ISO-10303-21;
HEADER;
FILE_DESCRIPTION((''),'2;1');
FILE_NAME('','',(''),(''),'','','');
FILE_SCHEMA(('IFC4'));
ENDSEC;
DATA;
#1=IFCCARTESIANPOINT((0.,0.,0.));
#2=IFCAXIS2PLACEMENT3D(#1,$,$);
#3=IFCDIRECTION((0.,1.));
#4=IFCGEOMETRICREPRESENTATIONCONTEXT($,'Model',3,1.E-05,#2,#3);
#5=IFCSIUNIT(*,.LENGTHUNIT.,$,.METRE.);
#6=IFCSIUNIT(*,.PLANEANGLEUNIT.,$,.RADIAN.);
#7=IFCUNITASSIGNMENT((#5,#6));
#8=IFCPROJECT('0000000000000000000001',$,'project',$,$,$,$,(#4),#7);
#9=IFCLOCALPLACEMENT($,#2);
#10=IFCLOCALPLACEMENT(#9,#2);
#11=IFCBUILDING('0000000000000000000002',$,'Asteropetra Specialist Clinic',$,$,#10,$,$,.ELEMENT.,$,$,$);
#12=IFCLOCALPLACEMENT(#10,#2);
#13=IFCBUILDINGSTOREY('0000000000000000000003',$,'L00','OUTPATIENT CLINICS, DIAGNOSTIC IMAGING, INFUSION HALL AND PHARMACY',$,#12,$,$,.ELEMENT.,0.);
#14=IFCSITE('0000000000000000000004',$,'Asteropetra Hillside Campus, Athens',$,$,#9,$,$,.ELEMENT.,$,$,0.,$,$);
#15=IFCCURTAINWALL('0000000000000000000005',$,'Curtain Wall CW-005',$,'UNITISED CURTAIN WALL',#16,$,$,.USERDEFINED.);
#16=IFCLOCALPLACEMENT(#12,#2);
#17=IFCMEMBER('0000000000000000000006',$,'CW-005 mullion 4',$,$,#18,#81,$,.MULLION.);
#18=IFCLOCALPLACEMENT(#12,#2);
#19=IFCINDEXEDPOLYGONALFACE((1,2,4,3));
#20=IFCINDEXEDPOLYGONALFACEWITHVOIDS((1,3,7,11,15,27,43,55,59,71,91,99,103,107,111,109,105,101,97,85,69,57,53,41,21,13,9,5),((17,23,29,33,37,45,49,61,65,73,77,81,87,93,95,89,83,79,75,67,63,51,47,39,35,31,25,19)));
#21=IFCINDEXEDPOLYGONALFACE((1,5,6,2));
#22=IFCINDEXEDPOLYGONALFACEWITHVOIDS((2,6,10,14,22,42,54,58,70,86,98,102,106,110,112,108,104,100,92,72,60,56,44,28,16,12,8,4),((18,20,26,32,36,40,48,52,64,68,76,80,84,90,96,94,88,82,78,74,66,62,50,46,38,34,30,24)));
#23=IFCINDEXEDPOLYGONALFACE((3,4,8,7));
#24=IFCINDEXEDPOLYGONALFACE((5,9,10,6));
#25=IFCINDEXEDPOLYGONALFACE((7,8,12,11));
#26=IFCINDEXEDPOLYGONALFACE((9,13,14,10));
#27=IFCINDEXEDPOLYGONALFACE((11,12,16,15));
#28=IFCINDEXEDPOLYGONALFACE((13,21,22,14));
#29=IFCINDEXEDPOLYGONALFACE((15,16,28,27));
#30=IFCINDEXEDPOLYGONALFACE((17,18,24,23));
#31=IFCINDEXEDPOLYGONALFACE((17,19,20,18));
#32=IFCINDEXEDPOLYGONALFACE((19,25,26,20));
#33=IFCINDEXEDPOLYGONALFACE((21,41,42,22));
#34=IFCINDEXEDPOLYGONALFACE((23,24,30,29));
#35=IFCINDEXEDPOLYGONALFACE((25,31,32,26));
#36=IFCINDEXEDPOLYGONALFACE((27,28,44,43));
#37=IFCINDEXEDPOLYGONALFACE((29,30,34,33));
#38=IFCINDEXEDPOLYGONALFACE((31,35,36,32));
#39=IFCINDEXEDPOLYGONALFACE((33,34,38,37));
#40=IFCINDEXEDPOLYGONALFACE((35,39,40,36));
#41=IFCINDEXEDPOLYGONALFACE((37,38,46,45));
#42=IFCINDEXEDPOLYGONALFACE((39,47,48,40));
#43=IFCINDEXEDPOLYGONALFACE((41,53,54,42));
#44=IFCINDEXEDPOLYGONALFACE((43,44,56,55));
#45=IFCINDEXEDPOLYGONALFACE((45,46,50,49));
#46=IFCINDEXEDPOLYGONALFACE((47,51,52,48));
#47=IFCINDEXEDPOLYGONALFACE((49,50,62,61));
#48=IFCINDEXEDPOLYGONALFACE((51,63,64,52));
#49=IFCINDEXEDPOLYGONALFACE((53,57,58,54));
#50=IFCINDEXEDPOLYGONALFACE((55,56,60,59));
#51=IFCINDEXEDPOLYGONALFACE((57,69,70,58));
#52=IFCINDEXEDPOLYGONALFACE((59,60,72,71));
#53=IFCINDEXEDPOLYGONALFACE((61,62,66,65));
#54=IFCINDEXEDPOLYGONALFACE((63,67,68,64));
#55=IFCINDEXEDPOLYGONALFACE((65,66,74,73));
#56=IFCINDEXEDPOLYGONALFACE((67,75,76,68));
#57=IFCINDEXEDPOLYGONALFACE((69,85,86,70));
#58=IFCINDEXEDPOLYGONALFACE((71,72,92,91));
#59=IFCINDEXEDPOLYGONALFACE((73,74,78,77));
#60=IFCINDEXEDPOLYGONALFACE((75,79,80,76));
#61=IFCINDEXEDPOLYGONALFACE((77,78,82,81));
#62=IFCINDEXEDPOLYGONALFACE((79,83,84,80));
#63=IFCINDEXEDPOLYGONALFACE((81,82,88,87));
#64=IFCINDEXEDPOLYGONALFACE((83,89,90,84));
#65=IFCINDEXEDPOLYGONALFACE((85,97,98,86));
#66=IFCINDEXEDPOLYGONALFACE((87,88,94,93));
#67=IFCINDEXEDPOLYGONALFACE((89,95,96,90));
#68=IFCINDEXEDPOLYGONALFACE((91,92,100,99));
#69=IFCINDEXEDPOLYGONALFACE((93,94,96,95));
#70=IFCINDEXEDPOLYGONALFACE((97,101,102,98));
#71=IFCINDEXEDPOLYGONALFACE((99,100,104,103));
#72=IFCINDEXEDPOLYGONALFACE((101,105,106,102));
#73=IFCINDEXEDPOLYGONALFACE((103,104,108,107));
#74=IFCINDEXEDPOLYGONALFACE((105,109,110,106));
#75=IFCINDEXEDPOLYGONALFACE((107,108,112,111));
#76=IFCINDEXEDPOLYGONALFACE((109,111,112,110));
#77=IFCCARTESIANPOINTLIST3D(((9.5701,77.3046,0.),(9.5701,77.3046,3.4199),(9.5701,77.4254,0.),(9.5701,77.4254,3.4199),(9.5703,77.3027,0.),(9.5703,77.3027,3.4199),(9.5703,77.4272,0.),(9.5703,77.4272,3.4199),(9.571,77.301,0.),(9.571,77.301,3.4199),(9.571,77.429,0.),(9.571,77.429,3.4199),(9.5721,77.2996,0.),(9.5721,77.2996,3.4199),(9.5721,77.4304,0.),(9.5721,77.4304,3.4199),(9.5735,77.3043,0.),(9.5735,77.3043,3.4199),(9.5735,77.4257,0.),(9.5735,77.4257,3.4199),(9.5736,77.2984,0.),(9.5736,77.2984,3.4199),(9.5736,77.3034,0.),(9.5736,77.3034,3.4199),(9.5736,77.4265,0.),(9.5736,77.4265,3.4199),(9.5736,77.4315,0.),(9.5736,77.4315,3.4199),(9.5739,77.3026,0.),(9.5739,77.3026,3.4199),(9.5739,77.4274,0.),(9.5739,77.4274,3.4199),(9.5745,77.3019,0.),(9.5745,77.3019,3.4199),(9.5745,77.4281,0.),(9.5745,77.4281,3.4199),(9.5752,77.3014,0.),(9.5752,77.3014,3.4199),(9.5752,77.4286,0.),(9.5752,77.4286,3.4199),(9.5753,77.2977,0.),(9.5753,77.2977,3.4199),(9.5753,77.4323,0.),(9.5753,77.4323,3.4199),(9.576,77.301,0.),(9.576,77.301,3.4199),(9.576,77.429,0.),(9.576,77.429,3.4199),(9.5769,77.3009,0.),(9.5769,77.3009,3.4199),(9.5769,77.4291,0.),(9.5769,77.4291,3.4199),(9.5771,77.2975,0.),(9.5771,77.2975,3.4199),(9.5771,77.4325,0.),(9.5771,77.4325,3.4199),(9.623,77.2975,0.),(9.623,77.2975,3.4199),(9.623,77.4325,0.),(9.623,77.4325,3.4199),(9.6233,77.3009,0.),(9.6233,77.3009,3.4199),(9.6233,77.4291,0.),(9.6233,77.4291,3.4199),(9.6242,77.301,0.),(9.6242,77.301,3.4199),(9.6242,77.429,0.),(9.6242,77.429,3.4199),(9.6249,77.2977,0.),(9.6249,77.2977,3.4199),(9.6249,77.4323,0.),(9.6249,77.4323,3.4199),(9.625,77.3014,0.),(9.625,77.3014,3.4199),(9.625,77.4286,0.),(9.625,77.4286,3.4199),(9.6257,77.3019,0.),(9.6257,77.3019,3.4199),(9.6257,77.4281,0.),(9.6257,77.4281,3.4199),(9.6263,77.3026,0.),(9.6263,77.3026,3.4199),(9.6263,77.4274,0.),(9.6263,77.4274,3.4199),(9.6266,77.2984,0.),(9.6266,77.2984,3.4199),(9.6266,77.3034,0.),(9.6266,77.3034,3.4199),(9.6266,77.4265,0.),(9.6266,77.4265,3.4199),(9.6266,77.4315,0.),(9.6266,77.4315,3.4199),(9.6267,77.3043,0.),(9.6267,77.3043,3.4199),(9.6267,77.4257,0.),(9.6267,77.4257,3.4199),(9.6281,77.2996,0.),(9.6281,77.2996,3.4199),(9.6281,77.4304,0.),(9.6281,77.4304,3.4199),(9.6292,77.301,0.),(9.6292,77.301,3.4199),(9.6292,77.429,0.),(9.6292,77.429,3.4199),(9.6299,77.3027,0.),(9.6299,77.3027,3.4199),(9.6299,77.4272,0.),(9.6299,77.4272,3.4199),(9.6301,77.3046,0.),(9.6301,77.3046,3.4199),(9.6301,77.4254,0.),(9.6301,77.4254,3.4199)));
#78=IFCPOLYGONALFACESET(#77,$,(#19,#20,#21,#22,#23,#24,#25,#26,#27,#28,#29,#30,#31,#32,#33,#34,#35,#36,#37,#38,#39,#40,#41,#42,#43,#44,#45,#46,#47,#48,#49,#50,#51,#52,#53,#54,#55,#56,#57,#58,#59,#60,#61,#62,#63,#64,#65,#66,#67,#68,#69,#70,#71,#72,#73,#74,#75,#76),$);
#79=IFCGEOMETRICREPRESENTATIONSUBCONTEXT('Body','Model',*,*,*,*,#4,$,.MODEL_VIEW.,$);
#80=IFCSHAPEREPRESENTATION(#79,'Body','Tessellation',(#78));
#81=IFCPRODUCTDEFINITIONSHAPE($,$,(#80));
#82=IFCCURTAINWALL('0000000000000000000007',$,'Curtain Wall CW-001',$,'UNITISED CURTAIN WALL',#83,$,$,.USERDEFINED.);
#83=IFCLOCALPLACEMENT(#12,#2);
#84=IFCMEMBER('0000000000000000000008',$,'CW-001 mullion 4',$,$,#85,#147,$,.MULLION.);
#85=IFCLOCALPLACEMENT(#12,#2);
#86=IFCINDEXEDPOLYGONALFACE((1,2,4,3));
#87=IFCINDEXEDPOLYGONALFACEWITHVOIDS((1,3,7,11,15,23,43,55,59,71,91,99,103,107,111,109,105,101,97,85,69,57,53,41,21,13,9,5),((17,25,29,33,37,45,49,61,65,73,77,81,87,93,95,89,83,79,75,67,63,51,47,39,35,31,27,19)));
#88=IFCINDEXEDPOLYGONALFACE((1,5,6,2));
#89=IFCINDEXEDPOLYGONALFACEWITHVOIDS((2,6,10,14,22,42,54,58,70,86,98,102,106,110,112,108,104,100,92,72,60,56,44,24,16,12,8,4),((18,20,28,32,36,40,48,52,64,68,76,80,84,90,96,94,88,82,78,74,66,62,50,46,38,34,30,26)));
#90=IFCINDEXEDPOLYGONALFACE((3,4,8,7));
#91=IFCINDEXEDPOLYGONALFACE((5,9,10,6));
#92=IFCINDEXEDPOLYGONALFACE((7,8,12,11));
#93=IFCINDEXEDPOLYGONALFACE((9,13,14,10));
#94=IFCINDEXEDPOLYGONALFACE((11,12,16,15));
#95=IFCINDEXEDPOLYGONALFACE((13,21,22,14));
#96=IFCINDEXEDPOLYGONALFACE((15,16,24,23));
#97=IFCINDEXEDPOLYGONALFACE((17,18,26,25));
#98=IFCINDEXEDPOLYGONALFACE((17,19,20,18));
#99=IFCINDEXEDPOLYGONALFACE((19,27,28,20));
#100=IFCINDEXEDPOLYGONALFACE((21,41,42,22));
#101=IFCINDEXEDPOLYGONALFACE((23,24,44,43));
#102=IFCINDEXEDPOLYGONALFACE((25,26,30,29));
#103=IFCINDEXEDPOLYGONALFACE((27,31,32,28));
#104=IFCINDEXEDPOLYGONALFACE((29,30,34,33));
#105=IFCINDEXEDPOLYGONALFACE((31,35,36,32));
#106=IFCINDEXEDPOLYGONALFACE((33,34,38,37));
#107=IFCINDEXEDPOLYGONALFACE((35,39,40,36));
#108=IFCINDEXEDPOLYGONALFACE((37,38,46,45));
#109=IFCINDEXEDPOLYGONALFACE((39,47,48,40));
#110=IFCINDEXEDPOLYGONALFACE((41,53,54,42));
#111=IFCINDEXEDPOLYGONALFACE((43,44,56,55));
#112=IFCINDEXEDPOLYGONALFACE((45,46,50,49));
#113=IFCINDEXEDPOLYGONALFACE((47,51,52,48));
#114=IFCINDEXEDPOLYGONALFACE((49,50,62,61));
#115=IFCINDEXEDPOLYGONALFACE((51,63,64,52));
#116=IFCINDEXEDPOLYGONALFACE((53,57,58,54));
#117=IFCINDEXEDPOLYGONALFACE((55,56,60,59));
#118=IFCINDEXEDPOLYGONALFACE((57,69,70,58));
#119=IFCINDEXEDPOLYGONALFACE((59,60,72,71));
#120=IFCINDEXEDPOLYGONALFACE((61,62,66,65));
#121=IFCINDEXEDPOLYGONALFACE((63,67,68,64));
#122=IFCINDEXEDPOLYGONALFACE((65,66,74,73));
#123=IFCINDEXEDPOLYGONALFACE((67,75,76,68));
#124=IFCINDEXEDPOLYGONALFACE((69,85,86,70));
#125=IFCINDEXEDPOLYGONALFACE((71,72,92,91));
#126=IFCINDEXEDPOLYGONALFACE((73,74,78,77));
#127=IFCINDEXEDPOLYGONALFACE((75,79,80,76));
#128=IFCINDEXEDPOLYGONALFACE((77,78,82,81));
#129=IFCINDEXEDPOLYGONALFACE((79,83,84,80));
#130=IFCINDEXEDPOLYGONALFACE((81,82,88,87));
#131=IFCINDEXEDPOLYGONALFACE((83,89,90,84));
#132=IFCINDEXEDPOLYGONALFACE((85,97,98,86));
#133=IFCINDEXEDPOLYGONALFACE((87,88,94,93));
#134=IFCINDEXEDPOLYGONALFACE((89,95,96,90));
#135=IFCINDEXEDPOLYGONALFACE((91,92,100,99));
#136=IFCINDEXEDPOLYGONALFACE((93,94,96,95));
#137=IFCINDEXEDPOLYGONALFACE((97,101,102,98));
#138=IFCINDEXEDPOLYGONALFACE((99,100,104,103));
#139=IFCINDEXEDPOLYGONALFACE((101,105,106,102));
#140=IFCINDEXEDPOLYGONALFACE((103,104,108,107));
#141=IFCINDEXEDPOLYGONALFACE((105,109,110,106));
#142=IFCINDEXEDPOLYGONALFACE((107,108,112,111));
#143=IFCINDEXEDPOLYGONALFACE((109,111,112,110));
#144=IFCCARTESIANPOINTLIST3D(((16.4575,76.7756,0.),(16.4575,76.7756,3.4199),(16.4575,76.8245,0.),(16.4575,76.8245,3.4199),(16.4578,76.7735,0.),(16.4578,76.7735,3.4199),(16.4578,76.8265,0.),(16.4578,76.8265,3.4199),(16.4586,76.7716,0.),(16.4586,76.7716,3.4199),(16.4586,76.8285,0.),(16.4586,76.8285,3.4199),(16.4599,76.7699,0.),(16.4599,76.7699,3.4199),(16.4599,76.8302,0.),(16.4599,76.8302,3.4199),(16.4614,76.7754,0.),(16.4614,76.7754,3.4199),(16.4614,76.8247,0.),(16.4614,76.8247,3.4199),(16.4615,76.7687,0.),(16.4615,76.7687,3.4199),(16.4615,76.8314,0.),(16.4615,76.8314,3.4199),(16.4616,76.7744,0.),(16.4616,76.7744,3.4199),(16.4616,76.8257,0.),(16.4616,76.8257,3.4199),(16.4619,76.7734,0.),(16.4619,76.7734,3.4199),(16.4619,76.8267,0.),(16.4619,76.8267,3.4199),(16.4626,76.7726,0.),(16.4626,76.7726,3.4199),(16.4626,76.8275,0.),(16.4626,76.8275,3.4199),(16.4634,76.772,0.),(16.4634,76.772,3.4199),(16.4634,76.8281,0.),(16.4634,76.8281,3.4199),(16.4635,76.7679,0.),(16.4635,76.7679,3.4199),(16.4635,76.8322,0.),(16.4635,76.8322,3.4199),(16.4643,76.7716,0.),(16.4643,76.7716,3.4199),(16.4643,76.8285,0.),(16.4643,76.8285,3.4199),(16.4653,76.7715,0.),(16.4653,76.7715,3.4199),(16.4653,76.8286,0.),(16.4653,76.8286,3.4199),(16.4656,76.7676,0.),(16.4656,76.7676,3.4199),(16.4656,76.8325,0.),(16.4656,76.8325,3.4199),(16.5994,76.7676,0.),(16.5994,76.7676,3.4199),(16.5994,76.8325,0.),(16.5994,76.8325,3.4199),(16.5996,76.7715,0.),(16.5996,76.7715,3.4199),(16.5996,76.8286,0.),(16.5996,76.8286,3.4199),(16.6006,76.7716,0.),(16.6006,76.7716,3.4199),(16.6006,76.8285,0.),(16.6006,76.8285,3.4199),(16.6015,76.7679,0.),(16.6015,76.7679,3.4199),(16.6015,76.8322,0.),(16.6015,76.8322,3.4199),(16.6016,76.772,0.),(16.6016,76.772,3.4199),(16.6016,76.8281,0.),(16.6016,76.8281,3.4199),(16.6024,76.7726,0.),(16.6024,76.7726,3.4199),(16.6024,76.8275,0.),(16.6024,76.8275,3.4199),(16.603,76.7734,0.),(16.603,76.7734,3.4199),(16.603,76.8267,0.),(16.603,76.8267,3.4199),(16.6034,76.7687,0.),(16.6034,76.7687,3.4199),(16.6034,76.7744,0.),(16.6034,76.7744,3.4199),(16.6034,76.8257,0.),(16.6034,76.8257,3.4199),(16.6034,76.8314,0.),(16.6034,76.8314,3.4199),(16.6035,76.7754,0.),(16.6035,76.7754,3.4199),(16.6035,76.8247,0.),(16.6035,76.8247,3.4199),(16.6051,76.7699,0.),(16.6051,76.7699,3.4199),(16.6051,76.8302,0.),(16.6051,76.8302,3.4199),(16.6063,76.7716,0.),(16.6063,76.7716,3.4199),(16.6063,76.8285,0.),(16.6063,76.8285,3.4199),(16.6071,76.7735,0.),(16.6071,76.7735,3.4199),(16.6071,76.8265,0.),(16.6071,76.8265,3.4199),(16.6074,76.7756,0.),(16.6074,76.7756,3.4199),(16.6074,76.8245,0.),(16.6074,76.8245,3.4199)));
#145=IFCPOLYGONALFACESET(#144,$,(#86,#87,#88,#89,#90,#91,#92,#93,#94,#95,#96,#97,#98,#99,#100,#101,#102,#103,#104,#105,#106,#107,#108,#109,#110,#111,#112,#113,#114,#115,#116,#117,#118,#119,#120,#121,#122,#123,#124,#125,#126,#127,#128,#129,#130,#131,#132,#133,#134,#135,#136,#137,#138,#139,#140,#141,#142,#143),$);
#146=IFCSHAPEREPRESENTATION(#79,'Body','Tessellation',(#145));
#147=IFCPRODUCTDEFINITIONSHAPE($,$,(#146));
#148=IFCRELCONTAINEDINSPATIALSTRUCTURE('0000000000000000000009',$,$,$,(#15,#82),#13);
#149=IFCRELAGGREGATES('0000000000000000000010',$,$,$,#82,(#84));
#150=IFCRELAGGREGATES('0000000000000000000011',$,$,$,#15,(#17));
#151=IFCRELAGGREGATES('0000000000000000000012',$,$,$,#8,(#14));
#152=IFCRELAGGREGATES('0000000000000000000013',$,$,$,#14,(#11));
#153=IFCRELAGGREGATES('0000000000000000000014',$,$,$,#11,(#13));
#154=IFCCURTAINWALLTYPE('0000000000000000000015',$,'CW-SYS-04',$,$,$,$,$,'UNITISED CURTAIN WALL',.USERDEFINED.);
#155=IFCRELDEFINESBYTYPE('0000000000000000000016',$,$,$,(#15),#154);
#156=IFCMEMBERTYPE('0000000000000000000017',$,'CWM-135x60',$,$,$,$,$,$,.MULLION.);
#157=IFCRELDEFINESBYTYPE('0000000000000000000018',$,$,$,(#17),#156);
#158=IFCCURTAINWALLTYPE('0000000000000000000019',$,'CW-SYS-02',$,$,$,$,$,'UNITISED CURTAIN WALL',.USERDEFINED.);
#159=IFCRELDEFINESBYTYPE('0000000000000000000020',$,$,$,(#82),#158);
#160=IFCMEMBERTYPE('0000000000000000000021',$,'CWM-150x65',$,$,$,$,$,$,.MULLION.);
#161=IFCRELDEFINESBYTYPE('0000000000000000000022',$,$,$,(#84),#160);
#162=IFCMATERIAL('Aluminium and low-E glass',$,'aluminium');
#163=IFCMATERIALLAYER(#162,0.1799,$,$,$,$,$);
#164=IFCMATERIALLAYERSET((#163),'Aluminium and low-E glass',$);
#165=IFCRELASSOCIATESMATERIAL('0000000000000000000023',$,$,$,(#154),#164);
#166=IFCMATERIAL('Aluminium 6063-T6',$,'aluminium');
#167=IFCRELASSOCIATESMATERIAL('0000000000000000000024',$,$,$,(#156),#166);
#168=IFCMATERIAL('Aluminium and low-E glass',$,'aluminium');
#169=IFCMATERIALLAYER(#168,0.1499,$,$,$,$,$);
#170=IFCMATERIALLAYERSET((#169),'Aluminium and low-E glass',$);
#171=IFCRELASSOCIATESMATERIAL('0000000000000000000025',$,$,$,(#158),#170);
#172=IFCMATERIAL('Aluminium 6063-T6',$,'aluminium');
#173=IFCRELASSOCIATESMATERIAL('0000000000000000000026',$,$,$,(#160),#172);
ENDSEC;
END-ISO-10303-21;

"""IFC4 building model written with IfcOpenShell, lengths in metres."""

from ifc_helpers import new_model, si_unit, direction, frame, origin, origin_2d, place, context, subcontext, project, spatial, hollow_rectangle, extrude, material, layer, layer_set, material_profile, profile_set, type_object, element, aggregate, save


model = new_model("IFC4")

# Units and contexts
model_context = context("Model", 3, precision=1e-05, world=origin(), true_north=direction((0.0, 1.0)))
body_context = subcontext(model_context, "Body", "Model", "MODEL_VIEW")
ifc_project = project(units=[si_unit("LENGTHUNIT", "METRE"), si_unit("PLANEANGLEUNIT", "RADIAN")], contexts=[model_context])

# Site, building, storey
site_placement = place(None, origin())
site = spatial("IfcSite", under=ifc_project, at=site_placement, Name="Asteropetra Hillside Campus, Athens", CompositionType="ELEMENT", RefElevation=0.0)
building_placement = place(site_placement, origin())
building = spatial("IfcBuilding", under=site, at=building_placement, Name="Asteropetra Specialist Clinic", CompositionType="ELEMENT")
storey_placement = place(building_placement, origin())
storey = spatial("IfcBuildingStorey", under=building, at=storey_placement, Name="L00", Description="OUTPATIENT CLINICS, DIAGNOSTIC IMAGING, INFUSION HALL AND PHARMACY", CompositionType="ELEMENT", Elevation=0.0)

# Curtain wall, member
ifc_material_1 = material(Name="Aluminium and low-E glass", Category="aluminium")
ifc_layer_1 = layer(ifc_material_1, 0.1799)
ifc_layer_set_1 = layer_set([ifc_layer_1], Name="Aluminium and low-E glass")
curtain_wall_type_1 = type_object("IfcCurtainWallType", Name="CW-SYS-04", ElementType="UNITISED CURTAIN WALL", PredefinedType="USERDEFINED", material=ifc_layer_set_1)
curtain_wall_1_placement = place(storey_placement, origin())
curtain_wall_1 = element("IfcCurtainWall", 1, at=curtain_wall_1_placement, inside=storey, type_object=curtain_wall_type_1, Name="Curtain Wall CW-005", ObjectType="UNITISED CURTAIN WALL", PredefinedType="USERDEFINED")
ifc_material_2 = material(Name="Aluminium 6063-T6", Category="aluminium")
ifc_material_profile_1 = material_profile(ifc_material_2, hollow_rectangle(XDim=0.0601, YDim=0.135, WallThickness=0.0034, InnerFilletRadius=0.0034, OuterFilletRadius=0.0071, at=origin_2d()), Name="MUL 135x60x3.5")
ifc_profile_set_1 = profile_set([ifc_material_profile_1], Name="Aluminium 6063-T6")
member_type_1 = type_object("IfcMemberType", Name="CWM-135x60", PredefinedType="MULLION", material=ifc_profile_set_1)
member_1_placement = place(storey_placement, frame((9.6001, 77.365, 0.0), z_axis=(0.0, 0.0, 1.0), x_axis=(1.0, 0.0, 0.0)))
member_1 = element("IfcMember", 2, at=member_1_placement, type_object=member_type_1, Name="CW-005 mullion 4", PredefinedType="MULLION", context=body_context, shape_type="SweptSolid", body=[
    extrude(hollow_rectangle(XDim=0.0601, YDim=0.135, WallThickness=0.0034, InnerFilletRadius=0.0034, OuterFilletRadius=0.0071, at=origin_2d()), origin(), (0.0, 0.0, 1.0), 3.4199),
])

# Curtain wall, member
ifc_material_3 = material(Name="Aluminium and low-E glass", Category="aluminium")
ifc_layer_2 = layer(ifc_material_3, 0.1499)
ifc_layer_set_2 = layer_set([ifc_layer_2], Name="Aluminium and low-E glass")
curtain_wall_type_2 = type_object("IfcCurtainWallType", Name="CW-SYS-02", ElementType="UNITISED CURTAIN WALL", PredefinedType="USERDEFINED", material=ifc_layer_set_2)
curtain_wall_2_placement = place(storey_placement, origin())
curtain_wall_2 = element("IfcCurtainWall", 3, at=curtain_wall_2_placement, inside=storey, type_object=curtain_wall_type_2, Name="Curtain Wall CW-001", ObjectType="UNITISED CURTAIN WALL", PredefinedType="USERDEFINED")
ifc_material_4 = material(Name="Aluminium 6063-T6", Category="aluminium")
ifc_material_profile_2 = material_profile(ifc_material_4, hollow_rectangle(XDim=0.0649, YDim=0.1499, WallThickness=0.0039, InnerFilletRadius=0.0039, OuterFilletRadius=0.0081, at=origin_2d()), Name="MUL 150x65x4.0")
ifc_profile_set_2 = profile_set([ifc_material_profile_2], Name="Aluminium 6063-T6")
member_type_2 = type_object("IfcMemberType", Name="CWM-150x65", PredefinedType="MULLION", material=ifc_profile_set_2)
member_2_placement = place(storey_placement, frame((16.5325, 76.8, 0.0), z_axis=(0.0, 0.0, 1.0), x_axis=(0.0, 1.0, 0.0)))
member_2 = element("IfcMember", 4, at=member_2_placement, type_object=member_type_2, Name="CW-001 mullion 4", PredefinedType="MULLION", context=body_context, shape_type="SweptSolid", body=[
    extrude(hollow_rectangle(XDim=0.0649, YDim=0.1499, WallThickness=0.0039, InnerFilletRadius=0.0039, OuterFilletRadius=0.0081, at=origin_2d()), origin(), (0.0, 0.0, 1.0), 3.4199),
])

aggregate(curtain_wall_2, [member_2])
aggregate(curtain_wall_1, [member_1])

save(model, "model.ifc")
